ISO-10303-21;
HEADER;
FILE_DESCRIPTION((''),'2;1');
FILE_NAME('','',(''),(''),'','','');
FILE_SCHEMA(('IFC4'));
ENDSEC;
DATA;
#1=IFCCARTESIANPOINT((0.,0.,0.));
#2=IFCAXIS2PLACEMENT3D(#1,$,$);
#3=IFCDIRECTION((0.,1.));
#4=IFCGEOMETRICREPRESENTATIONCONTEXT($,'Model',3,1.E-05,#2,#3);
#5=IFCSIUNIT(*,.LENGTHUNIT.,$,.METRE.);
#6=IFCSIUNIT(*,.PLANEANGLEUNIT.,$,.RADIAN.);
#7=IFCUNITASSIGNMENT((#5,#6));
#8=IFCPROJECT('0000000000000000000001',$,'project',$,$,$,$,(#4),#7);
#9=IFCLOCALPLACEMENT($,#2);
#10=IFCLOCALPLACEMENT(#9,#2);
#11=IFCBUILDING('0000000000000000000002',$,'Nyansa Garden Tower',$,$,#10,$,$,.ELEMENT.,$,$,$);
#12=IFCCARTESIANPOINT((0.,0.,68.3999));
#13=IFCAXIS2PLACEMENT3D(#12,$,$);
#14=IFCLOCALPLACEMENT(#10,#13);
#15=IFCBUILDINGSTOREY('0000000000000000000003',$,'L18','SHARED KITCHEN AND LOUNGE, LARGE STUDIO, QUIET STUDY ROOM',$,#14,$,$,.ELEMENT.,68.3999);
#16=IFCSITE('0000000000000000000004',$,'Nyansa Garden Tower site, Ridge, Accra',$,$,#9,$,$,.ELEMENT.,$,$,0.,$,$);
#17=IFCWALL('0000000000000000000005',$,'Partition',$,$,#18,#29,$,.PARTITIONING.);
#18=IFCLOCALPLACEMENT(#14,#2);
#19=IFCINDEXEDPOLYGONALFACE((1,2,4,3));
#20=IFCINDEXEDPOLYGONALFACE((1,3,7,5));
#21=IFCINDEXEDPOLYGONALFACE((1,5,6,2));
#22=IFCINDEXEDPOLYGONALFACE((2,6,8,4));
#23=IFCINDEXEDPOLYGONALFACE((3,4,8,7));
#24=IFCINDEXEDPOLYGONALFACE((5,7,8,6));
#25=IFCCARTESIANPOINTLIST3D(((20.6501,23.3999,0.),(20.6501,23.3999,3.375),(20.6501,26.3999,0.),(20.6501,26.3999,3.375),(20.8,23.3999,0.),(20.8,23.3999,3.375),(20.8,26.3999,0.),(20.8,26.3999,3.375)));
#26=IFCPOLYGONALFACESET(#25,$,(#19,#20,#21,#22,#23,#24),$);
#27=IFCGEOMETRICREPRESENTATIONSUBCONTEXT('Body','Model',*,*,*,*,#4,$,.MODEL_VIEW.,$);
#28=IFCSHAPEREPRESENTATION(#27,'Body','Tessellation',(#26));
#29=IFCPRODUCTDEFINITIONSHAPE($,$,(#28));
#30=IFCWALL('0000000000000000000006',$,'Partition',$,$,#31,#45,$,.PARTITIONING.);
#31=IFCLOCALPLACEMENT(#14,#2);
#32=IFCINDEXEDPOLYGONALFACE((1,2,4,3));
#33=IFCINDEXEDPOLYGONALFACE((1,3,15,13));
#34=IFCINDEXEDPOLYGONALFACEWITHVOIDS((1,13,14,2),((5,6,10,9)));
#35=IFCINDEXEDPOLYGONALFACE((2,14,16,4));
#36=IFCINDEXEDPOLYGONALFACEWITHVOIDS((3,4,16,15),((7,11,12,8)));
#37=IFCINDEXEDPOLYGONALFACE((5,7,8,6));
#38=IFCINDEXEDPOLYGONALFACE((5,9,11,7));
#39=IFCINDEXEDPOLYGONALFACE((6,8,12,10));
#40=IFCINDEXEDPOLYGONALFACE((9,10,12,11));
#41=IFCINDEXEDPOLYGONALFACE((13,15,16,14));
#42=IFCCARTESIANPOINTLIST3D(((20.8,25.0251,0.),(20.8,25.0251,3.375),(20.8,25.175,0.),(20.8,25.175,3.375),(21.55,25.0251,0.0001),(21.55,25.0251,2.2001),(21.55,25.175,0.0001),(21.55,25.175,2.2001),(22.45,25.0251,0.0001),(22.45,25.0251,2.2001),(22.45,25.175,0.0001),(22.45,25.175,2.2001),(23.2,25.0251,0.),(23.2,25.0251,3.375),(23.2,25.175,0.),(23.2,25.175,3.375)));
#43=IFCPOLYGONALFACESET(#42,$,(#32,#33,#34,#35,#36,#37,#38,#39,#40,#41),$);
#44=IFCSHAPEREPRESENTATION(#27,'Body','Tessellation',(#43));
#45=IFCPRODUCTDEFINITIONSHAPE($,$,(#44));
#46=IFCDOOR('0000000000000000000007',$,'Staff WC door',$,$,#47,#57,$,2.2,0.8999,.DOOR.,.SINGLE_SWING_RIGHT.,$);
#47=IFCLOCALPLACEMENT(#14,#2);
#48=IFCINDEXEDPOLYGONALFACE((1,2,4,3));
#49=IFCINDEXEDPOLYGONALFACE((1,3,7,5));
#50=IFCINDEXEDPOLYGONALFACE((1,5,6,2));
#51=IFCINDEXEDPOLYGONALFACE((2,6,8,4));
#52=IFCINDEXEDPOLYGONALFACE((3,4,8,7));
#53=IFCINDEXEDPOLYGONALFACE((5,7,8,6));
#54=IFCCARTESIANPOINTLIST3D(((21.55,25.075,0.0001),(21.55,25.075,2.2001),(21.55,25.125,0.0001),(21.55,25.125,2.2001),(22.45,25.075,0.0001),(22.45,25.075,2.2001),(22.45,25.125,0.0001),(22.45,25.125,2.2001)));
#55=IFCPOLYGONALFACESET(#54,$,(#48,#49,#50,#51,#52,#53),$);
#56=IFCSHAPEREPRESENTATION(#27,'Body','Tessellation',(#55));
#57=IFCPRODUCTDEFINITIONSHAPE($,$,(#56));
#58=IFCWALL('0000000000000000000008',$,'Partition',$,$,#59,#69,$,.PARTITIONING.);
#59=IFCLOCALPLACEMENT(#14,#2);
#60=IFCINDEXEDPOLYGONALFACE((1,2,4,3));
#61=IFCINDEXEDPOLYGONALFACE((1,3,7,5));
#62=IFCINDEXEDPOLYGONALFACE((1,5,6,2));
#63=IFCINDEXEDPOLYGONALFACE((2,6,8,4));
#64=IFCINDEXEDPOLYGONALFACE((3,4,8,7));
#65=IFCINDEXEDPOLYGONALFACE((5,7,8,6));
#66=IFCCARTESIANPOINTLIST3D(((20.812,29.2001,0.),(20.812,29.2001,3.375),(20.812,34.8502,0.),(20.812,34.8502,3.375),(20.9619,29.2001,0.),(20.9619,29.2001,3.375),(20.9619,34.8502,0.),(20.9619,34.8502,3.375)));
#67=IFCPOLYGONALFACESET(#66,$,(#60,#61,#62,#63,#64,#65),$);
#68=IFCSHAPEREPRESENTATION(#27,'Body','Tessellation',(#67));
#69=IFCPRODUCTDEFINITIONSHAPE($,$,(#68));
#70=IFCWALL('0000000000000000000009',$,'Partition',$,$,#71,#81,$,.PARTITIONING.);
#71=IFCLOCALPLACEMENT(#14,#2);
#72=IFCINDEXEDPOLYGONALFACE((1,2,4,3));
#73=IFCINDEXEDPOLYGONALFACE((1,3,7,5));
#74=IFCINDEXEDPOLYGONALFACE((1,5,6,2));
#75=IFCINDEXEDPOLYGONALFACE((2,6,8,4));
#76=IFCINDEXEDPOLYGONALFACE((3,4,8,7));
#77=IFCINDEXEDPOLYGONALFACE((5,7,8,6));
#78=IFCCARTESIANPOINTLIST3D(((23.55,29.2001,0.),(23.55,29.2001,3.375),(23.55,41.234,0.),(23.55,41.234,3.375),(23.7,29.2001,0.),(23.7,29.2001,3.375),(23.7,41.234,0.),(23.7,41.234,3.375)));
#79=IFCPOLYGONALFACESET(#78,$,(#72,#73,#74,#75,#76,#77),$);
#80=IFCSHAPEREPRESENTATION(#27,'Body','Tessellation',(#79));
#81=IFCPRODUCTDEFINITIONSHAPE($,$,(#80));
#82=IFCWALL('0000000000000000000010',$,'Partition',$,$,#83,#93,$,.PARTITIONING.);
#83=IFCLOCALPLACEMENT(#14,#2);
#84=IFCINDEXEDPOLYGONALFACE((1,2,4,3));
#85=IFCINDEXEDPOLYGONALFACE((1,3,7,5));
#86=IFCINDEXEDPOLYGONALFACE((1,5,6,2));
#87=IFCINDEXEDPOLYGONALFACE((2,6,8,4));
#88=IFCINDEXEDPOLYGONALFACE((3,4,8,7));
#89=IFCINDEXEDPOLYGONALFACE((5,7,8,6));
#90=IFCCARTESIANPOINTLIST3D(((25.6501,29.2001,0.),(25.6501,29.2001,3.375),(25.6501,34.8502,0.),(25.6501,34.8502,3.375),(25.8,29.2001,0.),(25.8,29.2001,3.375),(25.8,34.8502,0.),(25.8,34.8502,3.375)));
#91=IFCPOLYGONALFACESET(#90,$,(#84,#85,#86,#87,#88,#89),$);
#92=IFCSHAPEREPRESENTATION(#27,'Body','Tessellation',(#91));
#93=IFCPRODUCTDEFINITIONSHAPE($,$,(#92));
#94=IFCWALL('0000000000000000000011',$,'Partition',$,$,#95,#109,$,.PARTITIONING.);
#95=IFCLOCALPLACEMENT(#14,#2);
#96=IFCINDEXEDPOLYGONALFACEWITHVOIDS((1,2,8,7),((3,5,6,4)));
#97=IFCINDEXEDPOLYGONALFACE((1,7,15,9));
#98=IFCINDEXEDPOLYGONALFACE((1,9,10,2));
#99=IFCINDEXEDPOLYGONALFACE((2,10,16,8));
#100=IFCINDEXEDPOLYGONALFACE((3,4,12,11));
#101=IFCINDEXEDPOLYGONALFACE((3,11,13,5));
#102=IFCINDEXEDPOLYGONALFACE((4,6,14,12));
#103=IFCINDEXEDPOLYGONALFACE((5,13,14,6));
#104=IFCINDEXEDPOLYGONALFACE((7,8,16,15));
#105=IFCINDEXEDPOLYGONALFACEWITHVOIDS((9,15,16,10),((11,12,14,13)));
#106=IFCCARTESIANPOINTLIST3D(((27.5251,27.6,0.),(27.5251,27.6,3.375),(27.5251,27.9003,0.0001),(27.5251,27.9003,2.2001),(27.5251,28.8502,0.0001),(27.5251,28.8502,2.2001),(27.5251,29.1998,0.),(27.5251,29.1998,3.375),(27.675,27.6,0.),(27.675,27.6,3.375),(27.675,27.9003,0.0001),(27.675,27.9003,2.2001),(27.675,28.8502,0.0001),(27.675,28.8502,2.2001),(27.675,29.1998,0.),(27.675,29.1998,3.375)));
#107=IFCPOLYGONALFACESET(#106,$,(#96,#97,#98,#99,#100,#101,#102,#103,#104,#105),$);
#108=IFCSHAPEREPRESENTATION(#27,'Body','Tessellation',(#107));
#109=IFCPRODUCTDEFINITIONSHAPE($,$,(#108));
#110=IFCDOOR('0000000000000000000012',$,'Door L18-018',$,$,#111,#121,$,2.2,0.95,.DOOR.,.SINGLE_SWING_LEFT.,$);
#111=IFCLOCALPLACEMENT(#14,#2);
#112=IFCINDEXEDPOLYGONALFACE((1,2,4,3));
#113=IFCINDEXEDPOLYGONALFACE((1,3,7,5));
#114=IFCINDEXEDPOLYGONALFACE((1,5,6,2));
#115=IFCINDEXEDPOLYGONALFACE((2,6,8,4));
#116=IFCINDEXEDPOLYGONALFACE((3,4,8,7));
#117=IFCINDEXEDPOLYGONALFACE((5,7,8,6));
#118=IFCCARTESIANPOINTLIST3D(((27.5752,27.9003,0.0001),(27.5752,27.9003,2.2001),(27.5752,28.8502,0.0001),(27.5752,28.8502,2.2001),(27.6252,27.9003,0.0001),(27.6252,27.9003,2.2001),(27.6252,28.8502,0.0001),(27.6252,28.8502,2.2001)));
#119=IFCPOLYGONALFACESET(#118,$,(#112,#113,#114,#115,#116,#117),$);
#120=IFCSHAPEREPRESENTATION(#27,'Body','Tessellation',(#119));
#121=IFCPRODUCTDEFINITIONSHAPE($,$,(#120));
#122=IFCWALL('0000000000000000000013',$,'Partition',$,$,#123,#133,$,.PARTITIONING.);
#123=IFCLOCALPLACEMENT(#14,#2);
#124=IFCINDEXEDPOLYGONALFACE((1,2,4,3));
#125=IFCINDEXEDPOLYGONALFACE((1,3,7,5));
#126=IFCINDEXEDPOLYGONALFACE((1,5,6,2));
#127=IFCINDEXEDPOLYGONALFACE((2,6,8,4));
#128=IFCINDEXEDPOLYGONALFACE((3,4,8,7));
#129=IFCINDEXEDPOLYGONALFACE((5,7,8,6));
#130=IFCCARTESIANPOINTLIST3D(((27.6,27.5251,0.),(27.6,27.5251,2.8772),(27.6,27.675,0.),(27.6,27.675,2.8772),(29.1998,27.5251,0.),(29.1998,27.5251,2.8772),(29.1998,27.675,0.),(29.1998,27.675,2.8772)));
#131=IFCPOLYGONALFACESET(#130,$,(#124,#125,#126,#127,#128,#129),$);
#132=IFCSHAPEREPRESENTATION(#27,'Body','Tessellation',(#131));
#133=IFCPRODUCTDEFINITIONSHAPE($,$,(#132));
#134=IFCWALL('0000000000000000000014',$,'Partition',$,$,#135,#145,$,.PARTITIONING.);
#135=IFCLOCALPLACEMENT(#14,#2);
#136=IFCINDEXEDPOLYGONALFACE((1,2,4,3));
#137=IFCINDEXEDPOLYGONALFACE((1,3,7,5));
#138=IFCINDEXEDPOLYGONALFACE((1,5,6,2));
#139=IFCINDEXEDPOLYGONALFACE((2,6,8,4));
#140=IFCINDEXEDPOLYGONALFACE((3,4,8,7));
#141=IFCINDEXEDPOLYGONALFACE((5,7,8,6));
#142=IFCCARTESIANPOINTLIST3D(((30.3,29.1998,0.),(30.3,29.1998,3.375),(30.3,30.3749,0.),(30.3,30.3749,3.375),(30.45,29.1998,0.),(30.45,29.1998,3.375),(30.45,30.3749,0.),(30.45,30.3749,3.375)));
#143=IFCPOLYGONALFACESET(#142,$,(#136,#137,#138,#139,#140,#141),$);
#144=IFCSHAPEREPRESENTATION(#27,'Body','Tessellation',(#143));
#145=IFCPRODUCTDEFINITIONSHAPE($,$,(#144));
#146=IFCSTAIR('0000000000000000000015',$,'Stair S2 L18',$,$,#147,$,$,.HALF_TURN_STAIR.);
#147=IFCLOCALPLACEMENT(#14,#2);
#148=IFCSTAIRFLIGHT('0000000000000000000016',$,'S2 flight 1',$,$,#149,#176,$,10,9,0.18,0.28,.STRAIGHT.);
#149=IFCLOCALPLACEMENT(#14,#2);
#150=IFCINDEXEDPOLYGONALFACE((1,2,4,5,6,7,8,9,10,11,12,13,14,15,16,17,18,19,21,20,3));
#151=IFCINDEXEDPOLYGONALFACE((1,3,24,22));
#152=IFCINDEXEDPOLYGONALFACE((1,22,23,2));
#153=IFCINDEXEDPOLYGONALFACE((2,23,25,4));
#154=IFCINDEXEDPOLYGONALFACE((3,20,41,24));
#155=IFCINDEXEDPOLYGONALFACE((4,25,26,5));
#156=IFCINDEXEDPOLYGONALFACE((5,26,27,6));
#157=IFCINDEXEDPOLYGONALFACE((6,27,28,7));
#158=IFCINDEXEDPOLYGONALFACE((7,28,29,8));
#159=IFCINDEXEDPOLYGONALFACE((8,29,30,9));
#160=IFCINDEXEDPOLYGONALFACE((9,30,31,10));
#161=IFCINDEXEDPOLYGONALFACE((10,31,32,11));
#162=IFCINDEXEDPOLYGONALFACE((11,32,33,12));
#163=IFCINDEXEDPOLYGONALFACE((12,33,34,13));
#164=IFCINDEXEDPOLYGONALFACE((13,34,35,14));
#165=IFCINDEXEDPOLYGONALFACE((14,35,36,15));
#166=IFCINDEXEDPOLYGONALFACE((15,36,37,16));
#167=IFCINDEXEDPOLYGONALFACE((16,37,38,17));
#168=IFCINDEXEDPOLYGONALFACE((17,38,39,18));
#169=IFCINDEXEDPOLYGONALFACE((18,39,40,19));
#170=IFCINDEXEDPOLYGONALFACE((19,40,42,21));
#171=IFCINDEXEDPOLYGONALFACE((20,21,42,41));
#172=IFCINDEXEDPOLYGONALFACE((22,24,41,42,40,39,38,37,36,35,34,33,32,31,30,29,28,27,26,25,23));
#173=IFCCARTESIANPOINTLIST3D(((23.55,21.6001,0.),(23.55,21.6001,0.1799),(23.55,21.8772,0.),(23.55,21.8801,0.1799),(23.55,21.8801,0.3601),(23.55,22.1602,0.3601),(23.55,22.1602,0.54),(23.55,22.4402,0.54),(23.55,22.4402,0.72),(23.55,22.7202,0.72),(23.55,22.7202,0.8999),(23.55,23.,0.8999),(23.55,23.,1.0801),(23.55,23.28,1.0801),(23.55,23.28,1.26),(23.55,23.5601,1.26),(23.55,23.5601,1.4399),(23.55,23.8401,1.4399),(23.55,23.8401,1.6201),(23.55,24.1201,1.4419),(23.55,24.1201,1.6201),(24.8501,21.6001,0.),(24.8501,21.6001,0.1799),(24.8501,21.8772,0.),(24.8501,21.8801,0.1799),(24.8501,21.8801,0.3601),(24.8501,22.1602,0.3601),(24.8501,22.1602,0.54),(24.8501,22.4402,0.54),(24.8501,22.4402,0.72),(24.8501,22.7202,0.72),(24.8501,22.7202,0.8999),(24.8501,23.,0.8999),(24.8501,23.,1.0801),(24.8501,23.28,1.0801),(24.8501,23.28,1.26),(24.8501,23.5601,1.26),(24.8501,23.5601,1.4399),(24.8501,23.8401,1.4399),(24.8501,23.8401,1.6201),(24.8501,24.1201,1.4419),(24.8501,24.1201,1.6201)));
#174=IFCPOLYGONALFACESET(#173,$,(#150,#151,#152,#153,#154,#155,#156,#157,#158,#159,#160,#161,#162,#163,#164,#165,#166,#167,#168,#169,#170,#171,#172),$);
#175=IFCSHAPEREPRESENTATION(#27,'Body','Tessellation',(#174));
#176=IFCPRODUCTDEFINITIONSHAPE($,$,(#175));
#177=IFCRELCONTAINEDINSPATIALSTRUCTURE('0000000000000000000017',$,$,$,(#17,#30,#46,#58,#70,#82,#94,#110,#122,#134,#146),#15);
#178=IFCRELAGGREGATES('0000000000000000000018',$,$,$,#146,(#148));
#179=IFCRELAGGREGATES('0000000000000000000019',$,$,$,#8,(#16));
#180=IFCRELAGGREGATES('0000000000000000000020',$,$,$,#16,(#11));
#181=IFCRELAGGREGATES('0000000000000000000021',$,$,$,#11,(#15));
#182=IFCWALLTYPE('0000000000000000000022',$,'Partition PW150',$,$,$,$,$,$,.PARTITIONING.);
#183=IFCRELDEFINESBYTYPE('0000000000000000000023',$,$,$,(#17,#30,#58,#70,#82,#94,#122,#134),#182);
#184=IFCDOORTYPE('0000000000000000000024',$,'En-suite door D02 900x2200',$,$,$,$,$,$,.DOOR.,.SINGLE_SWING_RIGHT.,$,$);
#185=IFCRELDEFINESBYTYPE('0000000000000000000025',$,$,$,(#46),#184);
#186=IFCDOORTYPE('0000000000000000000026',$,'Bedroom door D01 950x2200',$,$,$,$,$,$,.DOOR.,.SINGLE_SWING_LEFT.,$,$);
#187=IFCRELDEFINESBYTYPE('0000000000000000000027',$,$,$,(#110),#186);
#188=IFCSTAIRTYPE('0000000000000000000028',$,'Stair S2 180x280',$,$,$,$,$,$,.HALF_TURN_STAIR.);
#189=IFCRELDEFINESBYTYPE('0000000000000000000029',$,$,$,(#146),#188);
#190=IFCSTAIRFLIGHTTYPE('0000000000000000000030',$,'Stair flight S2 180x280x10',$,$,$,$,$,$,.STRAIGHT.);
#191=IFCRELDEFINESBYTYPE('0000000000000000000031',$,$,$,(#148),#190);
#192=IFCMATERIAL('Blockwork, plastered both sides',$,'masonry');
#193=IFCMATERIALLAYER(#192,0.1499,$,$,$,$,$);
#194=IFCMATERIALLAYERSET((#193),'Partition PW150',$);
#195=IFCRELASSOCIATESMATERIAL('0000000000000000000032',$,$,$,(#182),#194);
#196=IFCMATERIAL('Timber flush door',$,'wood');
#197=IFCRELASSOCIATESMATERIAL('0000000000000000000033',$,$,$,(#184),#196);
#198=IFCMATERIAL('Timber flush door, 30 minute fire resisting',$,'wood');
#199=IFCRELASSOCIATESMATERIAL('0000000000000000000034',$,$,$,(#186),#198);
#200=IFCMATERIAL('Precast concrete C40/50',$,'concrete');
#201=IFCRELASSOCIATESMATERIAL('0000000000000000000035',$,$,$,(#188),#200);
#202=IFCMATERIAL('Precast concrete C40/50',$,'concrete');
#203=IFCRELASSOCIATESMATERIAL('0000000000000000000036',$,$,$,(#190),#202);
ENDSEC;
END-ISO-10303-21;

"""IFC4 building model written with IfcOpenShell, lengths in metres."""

from ifc_helpers import new_model, si_unit, direction, frame, frame_2d, origin, place, context, subcontext, project, spatial, polyline, rectangle, outline, extrude, material, layer, layer_set, type_object, element, fill, aggregate, save


model = new_model("IFC4")

# Units and contexts
model_context = context("Model", 3, precision=1e-05, world=origin(), true_north=direction((0.0, 1.0)))
body_context = subcontext(model_context, "Body", "Model", "MODEL_VIEW")
ifc_project = project(units=[si_unit("LENGTHUNIT", "METRE"), si_unit("PLANEANGLEUNIT", "RADIAN")], contexts=[model_context])

# Site, building, storey
site_placement = place(None, origin())
site = spatial("IfcSite", under=ifc_project, at=site_placement, Name="Nyansa Garden Tower site, Ridge, Accra", CompositionType="ELEMENT", RefElevation=0.0)
building_placement = place(site_placement, origin())
building = spatial("IfcBuilding", under=site, at=building_placement, Name="Nyansa Garden Tower", CompositionType="ELEMENT")
storey_placement = place(building_placement, frame((0.0, 0.0, 68.3999)))
storey = spatial("IfcBuildingStorey", under=building, at=storey_placement, Name="L18", Description="SHARED KITCHEN AND LOUNGE, LARGE STUDIO, QUIET STUDY ROOM", CompositionType="ELEMENT", Elevation=68.3999)

# Wall
ifc_material_1 = material(Name="Blockwork, plastered both sides", Category="masonry")
ifc_layer_1 = layer(ifc_material_1, 0.1499)
ifc_layer_set_1 = layer_set([ifc_layer_1], Name="Partition PW150")
wall_type_1 = type_object("IfcWallType", Name="Partition PW150", PredefinedType="PARTITIONING", material=ifc_layer_set_1)
wall_1_placement = place(storey_placement, frame((20.7251, 23.3999, 0.0), z_axis=(0.0, 0.0, 1.0), x_axis=(0.0, 1.0, 0.0)))
element("IfcWall", 1, at=wall_1_placement, inside=storey, type_object=wall_type_1, Name="Partition", PredefinedType="PARTITIONING", context=body_context, shape_type="SweptSolid", body=[
    extrude(rectangle(XDim=3.0, YDim=0.1499, at=frame_2d((1.5, 0.0))), origin(), (0.0, 0.0, 1.0), 3.375),
])

# Wall, opening, door
wall_2_placement = place(storey_placement, frame((20.8, 25.1001, 0.0), z_axis=(0.0, 0.0, 1.0), x_axis=(1.0, 0.0, 0.0)))
wall_2 = element("IfcWall", 2, at=wall_2_placement, inside=storey, type_object=wall_type_1, Name="Partition", PredefinedType="PARTITIONING", context=body_context, shape_type="SweptSolid", body=[
    extrude(rectangle(XDim=2.3999, YDim=0.1499, at=frame_2d((1.2, 0.0))), origin(), (0.0, 0.0, 1.0), 3.375),
])
opening_1_placement = place(wall_2_placement, frame((0.75, 0.0, 0.0)))
opening_1 = element("IfcOpeningElement", 3, at=opening_1_placement, cuts=wall_2, PredefinedType="OPENING", context=body_context, shape_type="SweptSolid", body=[
    extrude(rectangle(XDim=0.8999, YDim=2.2, at=frame_2d((0.45, 1.1001))), frame((0.0, 0.085, 0.0), z_axis=(0.0, -1.0, 0.0), x_axis=(1.0, 0.0, 0.0)), (0.0, 0.0, 1.0), 0.1699),
])
ifc_material_2 = material(Name="Timber flush door", Category="wood")
door_type_1 = type_object("IfcDoorType", Name="En-suite door D02 900x2200", OperationType="SINGLE_SWING_RIGHT", PredefinedType="DOOR", material=ifc_material_2)
door_1_placement = place(opening_1_placement, origin())
door_1 = element("IfcDoor", 4, at=door_1_placement, inside=storey, type_object=door_type_1, Name="Staff WC door", OperationType="SINGLE_SWING_RIGHT", OverallHeight=2.2, OverallWidth=0.8999, PredefinedType="DOOR", context=body_context, shape_type="SweptSolid", body=[
    extrude(rectangle(XDim=0.8999, YDim=2.2, at=frame_2d((0.45, 1.1001))), frame((0.0, 0.0249, 0.0), z_axis=(0.0, -1.0, 0.0), x_axis=(1.0, 0.0, 0.0)), (0.0, 0.0, 1.0), 0.05),
])
fill(opening_1, door_1)

# Walls
wall_3_placement = place(storey_placement, frame((20.887, 29.2, 0.0), z_axis=(0.0, 0.0, 1.0), x_axis=(0.0, 1.0, 0.0)))
element("IfcWall", 5, at=wall_3_placement, inside=storey, type_object=wall_type_1, Name="Partition", PredefinedType="PARTITIONING", context=body_context, shape_type="SweptSolid", body=[
    extrude(rectangle(XDim=5.6501, YDim=0.1499, at=frame_2d((2.8252, 0.0))), origin(), (0.0, 0.0, 1.0), 3.375),
])
wall_4_placement = place(storey_placement, frame((23.625, 29.2, 0.0), z_axis=(0.0, 0.0, 1.0), x_axis=(0.0, 1.0, 0.0)))
element("IfcWall", 6, at=wall_4_placement, inside=storey, type_object=wall_type_1, Name="Partition", PredefinedType="PARTITIONING", context=body_context, shape_type="SweptSolid", body=[
    extrude(rectangle(XDim=12.0339, YDim=0.1499, at=frame_2d((6.0171, 0.0))), origin(), (0.0, 0.0, 1.0), 3.375),
])
wall_5_placement = place(storey_placement, frame((25.7251, 29.2, 0.0), z_axis=(0.0, 0.0, 1.0), x_axis=(0.0, 1.0, 0.0)))
element("IfcWall", 7, at=wall_5_placement, inside=storey, type_object=wall_type_1, Name="Partition", PredefinedType="PARTITIONING", context=body_context, shape_type="SweptSolid", body=[
    extrude(rectangle(XDim=5.6501, YDim=0.1499, at=frame_2d((2.8252, 0.0))), origin(), (0.0, 0.0, 1.0), 3.375),
])

# Wall, opening, door
wall_6_placement = place(storey_placement, frame((27.6001, 27.6001, 0.0), z_axis=(0.0, 0.0, 1.0), x_axis=(0.0, 1.0, 0.0)))
wall_6 = element("IfcWall", 8, at=wall_6_placement, inside=storey, type_object=wall_type_1, Name="Partition", PredefinedType="PARTITIONING", context=body_context, shape_type="SweptSolid", body=[
    extrude(rectangle(XDim=1.5999, YDim=0.1499, at=frame_2d((0.7998, 0.0))), origin(), (0.0, 0.0, 1.0), 3.375),
])
opening_2_placement = place(wall_6_placement, frame((0.3, 0.0, 0.0)))
opening_2 = element("IfcOpeningElement", 9, at=opening_2_placement, cuts=wall_6, PredefinedType="OPENING", context=body_context, shape_type="SweptSolid", body=[
    extrude(rectangle(XDim=0.95, YDim=2.2, at=frame_2d((0.4751, 1.1001))), frame((0.0, 0.085, 0.0), z_axis=(0.0, -1.0, 0.0), x_axis=(1.0, 0.0, 0.0)), (0.0, 0.0, 1.0), 0.1699),
])
ifc_material_3 = material(Name="Timber flush door, 30 minute fire resisting", Category="wood")
door_type_2 = type_object("IfcDoorType", Name="Bedroom door D01 950x2200", OperationType="SINGLE_SWING_LEFT", PredefinedType="DOOR", material=ifc_material_3)
door_2_placement = place(opening_2_placement, origin())
door_2 = element("IfcDoor", 10, at=door_2_placement, inside=storey, type_object=door_type_2, Name="Door L18-018", OperationType="SINGLE_SWING_LEFT", OverallHeight=2.2, OverallWidth=0.95, PredefinedType="DOOR", context=body_context, shape_type="SweptSolid", body=[
    extrude(rectangle(XDim=0.95, YDim=2.2, at=frame_2d((0.4751, 1.1001))), frame((0.0, 0.0249, 0.0), z_axis=(0.0, -1.0, 0.0), x_axis=(1.0, 0.0, 0.0)), (0.0, 0.0, 1.0), 0.05),
])
fill(opening_2, door_2)

# Walls
wall_7_placement = place(storey_placement, frame((27.6001, 27.6001, 0.0), z_axis=(0.0, 0.0, 1.0), x_axis=(1.0, 0.0, 0.0)))
element("IfcWall", 11, at=wall_7_placement, inside=storey, type_object=wall_type_1, Name="Partition", PredefinedType="PARTITIONING", context=body_context, shape_type="SweptSolid", body=[
    extrude(rectangle(XDim=1.5999, YDim=0.1499, at=frame_2d((0.7998, 0.0))), origin(), (0.0, 0.0, 1.0), 2.8772),
])
wall_8_placement = place(storey_placement, frame((30.375, 29.2, 0.0), z_axis=(0.0, 0.0, 1.0), x_axis=(0.0, 1.0, 0.0)))
element("IfcWall", 12, at=wall_8_placement, inside=storey, type_object=wall_type_1, Name="Partition", PredefinedType="PARTITIONING", context=body_context, shape_type="SweptSolid", body=[
    extrude(rectangle(XDim=1.175, YDim=0.1499, at=frame_2d((0.5874, 0.0))), origin(), (0.0, 0.0, 1.0), 3.375),
])

# Stair, stair flight
ifc_material_4 = material(Name="Precast concrete C40/50", Category="concrete")
stair_type = type_object("IfcStairType", Name="Stair S2 180x280", PredefinedType="HALF_TURN_STAIR", material=ifc_material_4)
stair_placement = place(storey_placement, origin())
stair = element("IfcStair", 13, at=stair_placement, inside=storey, type_object=stair_type, Name="Stair S2 L18", PredefinedType="HALF_TURN_STAIR")
ifc_material_5 = material(Name="Precast concrete C40/50", Category="concrete")
stair_flight_type = type_object("IfcStairFlightType", Name="Stair flight S2 180x280x10", PredefinedType="STRAIGHT", material=ifc_material_5)
stair_flight_1_placement = place(storey_placement, frame((24.2, 21.6001, 0.0), z_axis=(0.0, 0.0, 1.0), x_axis=(0.0, 1.0, 0.0)))
stair_flight_1 = element("IfcStairFlight", 14, at=stair_flight_1_placement, type_object=stair_flight_type, Name="S2 flight 1", NumberOfRisers=10, NumberOfTreads=9, PredefinedType="STRAIGHT", RiserHeight=0.18, TreadLength=0.28, context=body_context, shape_type="SweptSolid", body=[
    extrude(outline(polyline([(0.0, 0.0), (0.0, 0.1799), (0.28, 0.1799), (0.28, 0.3601), (0.5601, 0.3601), (0.5601, 0.54), (0.8401, 0.54), (0.8401, 0.72), (1.1201, 0.72), (1.1201, 0.8999), (1.3999, 0.8999), (1.3999, 1.0801), (1.6799, 1.0801), (1.6799, 1.26), (1.96, 1.26), (1.96, 1.4399), (2.24, 1.4399), (2.24, 1.6201), (2.52, 1.6201), (2.52, 1.8), (2.52, 1.4419), (0.2771, 0.0), (0.0, 0.0)])), frame((0.0, 0.6499, 0.0), z_axis=(0.0, -1.0, 0.0), x_axis=(1.0, 0.0, 0.0)), (0.0, 0.0, 1.0), 1.3),
])
aggregate(stair, [stair_flight_1])

save(model, "model.ifc")
